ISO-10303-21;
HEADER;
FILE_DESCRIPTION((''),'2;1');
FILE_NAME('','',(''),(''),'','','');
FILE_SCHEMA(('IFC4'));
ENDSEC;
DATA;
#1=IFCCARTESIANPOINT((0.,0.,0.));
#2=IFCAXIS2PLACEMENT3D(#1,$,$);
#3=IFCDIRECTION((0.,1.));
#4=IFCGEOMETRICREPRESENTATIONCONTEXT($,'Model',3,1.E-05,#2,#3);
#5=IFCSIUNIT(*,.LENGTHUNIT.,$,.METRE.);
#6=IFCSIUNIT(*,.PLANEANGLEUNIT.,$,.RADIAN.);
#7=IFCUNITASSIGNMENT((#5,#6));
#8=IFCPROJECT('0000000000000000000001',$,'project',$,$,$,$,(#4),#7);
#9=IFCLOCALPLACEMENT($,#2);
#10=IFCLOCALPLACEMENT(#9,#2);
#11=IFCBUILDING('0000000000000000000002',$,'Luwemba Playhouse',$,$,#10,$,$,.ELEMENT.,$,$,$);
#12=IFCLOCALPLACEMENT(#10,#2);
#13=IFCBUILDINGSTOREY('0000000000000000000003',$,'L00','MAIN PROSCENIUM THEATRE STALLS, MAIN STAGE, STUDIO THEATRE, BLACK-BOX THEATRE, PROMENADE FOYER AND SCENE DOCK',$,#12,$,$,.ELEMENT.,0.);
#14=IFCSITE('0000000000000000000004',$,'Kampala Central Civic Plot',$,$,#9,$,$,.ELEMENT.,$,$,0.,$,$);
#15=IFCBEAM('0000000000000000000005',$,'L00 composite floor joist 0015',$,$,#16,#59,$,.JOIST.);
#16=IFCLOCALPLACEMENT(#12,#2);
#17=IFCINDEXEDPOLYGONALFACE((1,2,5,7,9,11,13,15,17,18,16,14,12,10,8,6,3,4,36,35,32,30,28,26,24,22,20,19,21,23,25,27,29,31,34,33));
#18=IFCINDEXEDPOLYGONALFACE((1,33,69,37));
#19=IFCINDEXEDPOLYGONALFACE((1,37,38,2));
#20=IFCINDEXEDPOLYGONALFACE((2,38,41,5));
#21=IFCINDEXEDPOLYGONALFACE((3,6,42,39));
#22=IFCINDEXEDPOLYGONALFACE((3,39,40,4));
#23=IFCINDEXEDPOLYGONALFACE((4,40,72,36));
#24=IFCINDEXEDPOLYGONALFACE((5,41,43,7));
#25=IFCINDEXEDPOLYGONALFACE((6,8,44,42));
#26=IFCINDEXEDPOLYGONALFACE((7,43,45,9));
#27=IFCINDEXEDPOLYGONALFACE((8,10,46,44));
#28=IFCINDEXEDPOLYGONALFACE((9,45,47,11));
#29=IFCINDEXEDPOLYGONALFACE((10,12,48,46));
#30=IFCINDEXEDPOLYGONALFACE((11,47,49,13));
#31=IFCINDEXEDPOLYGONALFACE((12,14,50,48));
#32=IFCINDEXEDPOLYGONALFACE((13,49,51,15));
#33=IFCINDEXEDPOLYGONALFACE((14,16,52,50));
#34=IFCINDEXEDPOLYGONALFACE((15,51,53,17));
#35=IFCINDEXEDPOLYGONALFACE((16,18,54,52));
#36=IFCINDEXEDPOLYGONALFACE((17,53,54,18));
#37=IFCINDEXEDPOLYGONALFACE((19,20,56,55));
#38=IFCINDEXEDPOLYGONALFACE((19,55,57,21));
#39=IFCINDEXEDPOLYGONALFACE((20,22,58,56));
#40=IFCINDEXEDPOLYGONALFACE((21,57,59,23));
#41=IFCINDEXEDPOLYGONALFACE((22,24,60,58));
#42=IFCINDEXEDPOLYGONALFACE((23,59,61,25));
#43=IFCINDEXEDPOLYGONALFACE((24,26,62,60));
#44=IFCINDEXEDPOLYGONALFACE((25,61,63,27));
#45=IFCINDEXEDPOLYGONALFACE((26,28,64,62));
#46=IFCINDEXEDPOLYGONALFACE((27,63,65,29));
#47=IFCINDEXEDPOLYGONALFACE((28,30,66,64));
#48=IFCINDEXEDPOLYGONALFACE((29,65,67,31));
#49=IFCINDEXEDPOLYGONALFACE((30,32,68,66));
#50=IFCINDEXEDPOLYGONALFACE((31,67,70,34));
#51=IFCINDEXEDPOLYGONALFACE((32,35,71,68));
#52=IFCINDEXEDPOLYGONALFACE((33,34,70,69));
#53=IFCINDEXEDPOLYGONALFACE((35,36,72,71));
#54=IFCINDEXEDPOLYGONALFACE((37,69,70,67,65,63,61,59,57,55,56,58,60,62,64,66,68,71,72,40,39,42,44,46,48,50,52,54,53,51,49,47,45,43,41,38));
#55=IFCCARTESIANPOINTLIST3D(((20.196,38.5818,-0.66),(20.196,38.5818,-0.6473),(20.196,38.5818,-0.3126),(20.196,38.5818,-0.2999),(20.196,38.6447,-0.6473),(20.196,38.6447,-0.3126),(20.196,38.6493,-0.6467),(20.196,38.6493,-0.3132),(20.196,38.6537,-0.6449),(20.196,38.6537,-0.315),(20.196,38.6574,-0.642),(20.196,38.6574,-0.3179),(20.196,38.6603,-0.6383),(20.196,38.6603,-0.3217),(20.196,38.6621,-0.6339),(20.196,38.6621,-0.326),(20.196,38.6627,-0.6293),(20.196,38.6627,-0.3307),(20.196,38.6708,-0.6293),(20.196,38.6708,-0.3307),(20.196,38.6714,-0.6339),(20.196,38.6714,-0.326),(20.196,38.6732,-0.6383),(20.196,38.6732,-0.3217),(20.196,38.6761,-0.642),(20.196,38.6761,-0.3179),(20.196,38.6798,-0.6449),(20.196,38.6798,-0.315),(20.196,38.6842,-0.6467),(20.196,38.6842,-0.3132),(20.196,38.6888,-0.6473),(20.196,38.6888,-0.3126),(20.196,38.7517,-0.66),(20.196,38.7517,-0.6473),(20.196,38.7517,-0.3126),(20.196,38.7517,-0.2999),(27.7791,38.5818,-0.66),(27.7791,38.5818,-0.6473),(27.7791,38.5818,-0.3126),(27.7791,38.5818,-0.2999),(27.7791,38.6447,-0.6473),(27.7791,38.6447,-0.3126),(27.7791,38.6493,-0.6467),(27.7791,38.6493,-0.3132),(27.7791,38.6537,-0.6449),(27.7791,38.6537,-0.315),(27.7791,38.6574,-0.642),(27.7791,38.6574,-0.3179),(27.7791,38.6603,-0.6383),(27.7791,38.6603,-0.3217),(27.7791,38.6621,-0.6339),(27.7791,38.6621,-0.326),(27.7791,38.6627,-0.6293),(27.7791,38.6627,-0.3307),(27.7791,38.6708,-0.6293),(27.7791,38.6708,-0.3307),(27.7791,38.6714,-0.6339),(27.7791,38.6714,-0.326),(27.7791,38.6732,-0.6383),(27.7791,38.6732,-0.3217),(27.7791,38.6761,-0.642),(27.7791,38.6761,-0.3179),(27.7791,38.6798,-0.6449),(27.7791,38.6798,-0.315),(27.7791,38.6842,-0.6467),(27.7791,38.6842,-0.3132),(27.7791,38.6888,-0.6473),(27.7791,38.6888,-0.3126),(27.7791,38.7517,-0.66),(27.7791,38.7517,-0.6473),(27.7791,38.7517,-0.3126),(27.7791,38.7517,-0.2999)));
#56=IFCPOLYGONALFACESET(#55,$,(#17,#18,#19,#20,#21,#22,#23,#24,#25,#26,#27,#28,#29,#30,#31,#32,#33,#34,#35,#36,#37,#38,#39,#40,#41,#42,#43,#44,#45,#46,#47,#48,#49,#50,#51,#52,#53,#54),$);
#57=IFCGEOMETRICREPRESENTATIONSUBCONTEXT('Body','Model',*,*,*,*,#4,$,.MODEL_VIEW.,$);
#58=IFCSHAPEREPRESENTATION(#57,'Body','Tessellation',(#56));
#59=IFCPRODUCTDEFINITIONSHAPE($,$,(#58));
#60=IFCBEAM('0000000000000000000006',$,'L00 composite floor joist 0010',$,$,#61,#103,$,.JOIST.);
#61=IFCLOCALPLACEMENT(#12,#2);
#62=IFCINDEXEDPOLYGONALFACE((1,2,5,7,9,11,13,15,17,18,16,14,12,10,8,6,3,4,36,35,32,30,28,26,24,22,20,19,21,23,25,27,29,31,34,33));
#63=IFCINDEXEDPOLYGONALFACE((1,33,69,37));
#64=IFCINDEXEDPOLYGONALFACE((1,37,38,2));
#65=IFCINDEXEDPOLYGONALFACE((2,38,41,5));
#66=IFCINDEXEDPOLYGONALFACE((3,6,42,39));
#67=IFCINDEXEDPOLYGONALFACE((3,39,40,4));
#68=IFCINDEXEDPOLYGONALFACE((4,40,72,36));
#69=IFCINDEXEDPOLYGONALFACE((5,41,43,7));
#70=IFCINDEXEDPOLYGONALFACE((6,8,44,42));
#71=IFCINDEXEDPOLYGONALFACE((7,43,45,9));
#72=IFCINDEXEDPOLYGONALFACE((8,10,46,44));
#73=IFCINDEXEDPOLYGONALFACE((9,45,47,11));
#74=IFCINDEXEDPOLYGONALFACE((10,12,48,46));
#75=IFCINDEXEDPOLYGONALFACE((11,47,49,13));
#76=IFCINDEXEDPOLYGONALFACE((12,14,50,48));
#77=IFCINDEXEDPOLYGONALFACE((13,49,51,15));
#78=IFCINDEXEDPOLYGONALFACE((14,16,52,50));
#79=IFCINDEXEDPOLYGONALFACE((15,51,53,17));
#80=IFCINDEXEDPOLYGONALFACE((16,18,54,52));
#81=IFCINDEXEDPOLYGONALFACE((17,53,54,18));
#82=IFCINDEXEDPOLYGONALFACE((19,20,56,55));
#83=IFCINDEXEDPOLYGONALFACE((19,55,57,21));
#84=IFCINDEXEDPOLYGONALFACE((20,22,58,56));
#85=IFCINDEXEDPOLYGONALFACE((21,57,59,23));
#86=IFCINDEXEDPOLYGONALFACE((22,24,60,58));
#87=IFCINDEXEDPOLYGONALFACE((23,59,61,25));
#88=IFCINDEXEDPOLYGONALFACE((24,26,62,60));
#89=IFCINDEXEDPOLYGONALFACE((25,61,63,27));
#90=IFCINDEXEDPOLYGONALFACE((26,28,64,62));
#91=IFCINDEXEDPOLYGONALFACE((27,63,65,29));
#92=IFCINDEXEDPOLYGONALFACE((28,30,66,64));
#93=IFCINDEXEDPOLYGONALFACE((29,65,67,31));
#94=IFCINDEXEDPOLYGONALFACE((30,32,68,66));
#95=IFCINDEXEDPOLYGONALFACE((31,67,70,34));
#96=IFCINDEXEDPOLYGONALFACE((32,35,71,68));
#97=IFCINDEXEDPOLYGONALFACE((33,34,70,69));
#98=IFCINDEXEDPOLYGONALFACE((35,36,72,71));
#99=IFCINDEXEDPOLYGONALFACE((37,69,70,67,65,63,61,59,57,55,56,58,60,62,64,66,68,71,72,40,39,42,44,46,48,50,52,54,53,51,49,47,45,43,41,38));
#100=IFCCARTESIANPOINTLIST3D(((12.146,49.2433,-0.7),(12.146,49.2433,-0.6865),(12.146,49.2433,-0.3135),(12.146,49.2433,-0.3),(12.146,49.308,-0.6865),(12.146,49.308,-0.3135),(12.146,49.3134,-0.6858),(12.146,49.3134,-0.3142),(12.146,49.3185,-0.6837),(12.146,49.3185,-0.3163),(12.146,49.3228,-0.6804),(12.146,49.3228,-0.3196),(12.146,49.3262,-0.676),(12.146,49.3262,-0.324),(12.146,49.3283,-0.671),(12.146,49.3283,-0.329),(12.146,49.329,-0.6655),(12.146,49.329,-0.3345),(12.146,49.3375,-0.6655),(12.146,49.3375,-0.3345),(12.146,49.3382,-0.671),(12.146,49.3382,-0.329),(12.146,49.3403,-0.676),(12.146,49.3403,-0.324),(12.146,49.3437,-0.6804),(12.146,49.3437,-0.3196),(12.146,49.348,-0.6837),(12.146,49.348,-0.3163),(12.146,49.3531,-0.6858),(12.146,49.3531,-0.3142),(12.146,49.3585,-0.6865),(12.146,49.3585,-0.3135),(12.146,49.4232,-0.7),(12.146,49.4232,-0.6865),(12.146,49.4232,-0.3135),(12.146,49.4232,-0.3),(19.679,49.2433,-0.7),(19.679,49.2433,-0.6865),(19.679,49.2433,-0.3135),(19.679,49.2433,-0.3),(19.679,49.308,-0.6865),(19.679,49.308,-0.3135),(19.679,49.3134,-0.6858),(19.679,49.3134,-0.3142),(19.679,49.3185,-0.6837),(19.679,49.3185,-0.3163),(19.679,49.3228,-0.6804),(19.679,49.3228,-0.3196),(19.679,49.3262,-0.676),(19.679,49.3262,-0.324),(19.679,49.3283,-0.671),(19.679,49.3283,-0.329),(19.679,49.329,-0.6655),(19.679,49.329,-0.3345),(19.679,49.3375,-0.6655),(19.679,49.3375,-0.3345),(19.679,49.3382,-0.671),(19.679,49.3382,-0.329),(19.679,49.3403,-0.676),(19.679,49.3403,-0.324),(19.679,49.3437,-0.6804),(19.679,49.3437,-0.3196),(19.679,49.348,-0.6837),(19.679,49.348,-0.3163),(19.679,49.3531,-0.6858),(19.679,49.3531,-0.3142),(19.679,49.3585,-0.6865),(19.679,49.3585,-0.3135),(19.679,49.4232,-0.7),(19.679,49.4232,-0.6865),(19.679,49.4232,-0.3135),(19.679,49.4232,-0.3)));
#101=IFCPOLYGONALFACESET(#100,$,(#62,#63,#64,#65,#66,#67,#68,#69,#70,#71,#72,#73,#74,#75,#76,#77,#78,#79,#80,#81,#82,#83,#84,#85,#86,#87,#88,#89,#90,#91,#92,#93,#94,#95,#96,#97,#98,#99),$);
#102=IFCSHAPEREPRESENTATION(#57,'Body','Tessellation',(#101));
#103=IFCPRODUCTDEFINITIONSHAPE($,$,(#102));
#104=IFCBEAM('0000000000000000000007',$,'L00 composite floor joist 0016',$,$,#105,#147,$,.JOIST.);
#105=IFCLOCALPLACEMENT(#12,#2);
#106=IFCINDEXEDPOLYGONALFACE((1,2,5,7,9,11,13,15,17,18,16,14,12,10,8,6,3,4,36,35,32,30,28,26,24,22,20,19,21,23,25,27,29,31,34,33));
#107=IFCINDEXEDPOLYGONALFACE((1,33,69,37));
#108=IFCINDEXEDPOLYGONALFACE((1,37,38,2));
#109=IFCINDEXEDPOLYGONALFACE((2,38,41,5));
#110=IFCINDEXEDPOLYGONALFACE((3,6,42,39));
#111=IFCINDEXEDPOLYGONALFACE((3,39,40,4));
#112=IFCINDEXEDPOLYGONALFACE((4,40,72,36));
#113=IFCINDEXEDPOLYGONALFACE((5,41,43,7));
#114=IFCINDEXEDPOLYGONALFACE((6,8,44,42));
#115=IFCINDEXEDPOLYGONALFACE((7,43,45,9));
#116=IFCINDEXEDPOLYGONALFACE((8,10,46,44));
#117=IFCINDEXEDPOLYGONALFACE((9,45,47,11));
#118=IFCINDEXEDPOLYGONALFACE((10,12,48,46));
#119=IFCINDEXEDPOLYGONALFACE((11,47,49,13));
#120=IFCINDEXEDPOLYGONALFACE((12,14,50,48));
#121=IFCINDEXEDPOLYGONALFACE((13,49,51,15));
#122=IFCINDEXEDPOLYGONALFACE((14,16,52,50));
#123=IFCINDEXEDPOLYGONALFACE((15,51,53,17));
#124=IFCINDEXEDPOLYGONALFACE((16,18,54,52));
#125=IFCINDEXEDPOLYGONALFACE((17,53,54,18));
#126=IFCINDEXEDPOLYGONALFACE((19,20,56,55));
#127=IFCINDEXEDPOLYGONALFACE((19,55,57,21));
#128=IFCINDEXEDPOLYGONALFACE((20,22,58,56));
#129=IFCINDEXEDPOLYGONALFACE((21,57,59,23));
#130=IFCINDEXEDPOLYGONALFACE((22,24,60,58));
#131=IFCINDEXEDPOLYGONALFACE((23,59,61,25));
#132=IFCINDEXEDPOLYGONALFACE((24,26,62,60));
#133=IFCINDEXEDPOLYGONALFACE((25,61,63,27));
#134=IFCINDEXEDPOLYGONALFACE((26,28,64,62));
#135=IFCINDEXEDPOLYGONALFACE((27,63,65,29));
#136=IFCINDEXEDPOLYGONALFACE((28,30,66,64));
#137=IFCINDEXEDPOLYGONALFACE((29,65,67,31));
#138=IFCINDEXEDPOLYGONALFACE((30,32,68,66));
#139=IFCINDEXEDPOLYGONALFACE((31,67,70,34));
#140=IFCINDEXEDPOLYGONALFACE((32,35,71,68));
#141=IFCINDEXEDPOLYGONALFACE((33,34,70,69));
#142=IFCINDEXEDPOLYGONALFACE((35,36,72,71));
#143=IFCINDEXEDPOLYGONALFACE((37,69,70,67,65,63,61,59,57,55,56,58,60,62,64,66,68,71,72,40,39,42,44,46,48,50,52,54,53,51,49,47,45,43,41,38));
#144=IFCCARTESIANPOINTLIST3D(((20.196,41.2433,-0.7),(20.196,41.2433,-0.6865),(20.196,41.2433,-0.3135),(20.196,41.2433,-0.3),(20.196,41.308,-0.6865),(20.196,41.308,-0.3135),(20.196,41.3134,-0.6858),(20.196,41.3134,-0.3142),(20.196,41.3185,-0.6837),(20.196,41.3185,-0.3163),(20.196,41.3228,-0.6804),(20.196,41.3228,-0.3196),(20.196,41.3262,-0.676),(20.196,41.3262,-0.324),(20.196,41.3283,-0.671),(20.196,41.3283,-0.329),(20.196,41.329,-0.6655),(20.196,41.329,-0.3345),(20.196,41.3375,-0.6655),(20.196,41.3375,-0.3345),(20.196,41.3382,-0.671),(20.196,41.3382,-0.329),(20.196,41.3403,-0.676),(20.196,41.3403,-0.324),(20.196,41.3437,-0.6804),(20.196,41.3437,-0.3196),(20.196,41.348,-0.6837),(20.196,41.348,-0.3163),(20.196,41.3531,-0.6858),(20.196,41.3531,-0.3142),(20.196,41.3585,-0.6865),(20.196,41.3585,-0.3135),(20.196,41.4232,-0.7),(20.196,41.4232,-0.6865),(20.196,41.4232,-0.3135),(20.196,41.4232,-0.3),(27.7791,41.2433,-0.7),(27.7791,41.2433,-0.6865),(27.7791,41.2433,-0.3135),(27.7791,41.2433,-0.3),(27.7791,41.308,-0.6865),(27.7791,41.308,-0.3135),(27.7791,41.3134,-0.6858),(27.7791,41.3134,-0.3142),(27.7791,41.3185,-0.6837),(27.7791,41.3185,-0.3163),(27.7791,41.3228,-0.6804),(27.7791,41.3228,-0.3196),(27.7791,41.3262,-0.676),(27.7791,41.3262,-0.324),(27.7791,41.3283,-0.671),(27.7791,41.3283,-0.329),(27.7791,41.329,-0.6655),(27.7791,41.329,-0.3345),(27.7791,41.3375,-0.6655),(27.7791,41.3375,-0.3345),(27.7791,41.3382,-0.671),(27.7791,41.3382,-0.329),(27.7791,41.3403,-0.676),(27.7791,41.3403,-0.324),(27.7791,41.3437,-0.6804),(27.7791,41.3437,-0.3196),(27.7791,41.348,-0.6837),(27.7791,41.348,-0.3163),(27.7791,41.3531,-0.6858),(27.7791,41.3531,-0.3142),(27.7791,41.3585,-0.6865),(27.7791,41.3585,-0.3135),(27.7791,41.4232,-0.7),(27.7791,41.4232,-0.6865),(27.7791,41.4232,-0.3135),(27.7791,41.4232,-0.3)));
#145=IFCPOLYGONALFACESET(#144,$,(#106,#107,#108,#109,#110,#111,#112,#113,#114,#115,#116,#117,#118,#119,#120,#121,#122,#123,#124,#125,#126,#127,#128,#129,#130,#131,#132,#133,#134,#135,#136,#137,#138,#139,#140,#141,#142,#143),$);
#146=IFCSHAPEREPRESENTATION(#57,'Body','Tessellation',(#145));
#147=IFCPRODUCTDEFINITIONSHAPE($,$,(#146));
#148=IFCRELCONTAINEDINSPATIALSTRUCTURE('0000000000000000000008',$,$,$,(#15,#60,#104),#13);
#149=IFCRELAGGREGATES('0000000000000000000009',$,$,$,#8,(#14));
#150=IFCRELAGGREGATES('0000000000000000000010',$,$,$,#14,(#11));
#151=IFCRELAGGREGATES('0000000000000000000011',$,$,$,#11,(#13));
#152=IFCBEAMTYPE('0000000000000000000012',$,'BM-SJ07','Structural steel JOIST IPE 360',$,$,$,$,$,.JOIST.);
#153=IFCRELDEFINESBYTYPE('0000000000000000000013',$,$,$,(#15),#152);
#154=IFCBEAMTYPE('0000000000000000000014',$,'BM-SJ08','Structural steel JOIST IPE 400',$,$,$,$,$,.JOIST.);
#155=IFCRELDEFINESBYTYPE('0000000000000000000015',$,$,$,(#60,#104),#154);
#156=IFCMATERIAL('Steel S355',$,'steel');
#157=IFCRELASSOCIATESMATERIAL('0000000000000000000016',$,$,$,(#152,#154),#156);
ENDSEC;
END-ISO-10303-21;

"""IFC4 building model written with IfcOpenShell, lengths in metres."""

from ifc_helpers import new_model, si_unit, direction, frame, origin, origin_2d, place, context, subcontext, project, spatial, i_section, extrude, material, material_profile, profile_set, type_object, element, save


model = new_model("IFC4")

# Units and contexts
model_context = context("Model", 3, precision=1e-05, world=origin(), true_north=direction((0.0, 1.0)))
body_context = subcontext(model_context, "Body", "Model", "MODEL_VIEW")
ifc_project = project(units=[si_unit("LENGTHUNIT", "METRE"), si_unit("PLANEANGLEUNIT", "RADIAN")], contexts=[model_context])

# Site, building, storey
site_placement = place(None, origin())
site = spatial("IfcSite", under=ifc_project, at=site_placement, Name="Kampala Central Civic Plot", CompositionType="ELEMENT", RefElevation=0.0)
building_placement = place(site_placement, origin())
building = spatial("IfcBuilding", under=site, at=building_placement, Name="Luwemba Playhouse", CompositionType="ELEMENT")
storey_placement = place(building_placement, origin())
storey = spatial("IfcBuildingStorey", under=building, at=storey_placement, Name="L00", Description="MAIN PROSCENIUM THEATRE STALLS, MAIN STAGE, STUDIO THEATRE, BLACK-BOX THEATRE, PROMENADE FOYER AND SCENE DOCK", CompositionType="ELEMENT", Elevation=0.0)

# Beams
ifc_material_1 = material(Name="Steel S355", Category="steel")
ifc_material_profile_1 = material_profile(ifc_material_1, i_section(OverallWidth=0.1699, OverallDepth=0.3601, WebThickness=0.0081, FlangeThickness=0.0127, FilletRadius=0.0181, at=origin_2d()))
ifc_profile_set_1 = profile_set([ifc_material_profile_1], Name="Steel S355")
beam_type_1 = type_object("IfcBeamType", Name="BM-SJ07", Description="Structural steel JOIST IPE 360", PredefinedType="JOIST", material=ifc_profile_set_1)
beam_1_placement = place(storey_placement, frame((20.196, 38.6667, -0.48), z_axis=(1.0, 0.0, 0.0), x_axis=(0.0, 1.0, 0.0)))
element("IfcBeam", 1, at=beam_1_placement, inside=storey, type_object=beam_type_1, Name="L00 composite floor joist 0015", PredefinedType="JOIST", context=body_context, shape_type="SweptSolid", body=[
    extrude(i_section(OverallWidth=0.1699, OverallDepth=0.3601, WebThickness=0.0081, FlangeThickness=0.0127, FilletRadius=0.0181, at=origin_2d()), origin(), (0.0, 0.0, 1.0), 7.583),
])
ifc_material_profile_2 = material_profile(ifc_material_1, i_section(OverallWidth=0.1799, OverallDepth=0.3999, WebThickness=0.0085, FlangeThickness=0.0134, FilletRadius=0.021, at=origin_2d()))
ifc_profile_set_2 = profile_set([ifc_material_profile_2], Name="Steel S355")
beam_type_2 = type_object("IfcBeamType", Name="BM-SJ08", Description="Structural steel JOIST IPE 400", PredefinedType="JOIST", material=ifc_profile_set_2)
beam_2_placement = place(storey_placement, frame((12.146, 49.3333, -0.5), z_axis=(1.0, 0.0, 0.0), x_axis=(0.0, 1.0, 0.0)))
element("IfcBeam", 2, at=beam_2_placement, inside=storey, type_object=beam_type_2, Name="L00 composite floor joist 0010", PredefinedType="JOIST", context=body_context, shape_type="SweptSolid", body=[
    extrude(i_section(OverallWidth=0.1799, OverallDepth=0.3999, WebThickness=0.0085, FlangeThickness=0.0134, FilletRadius=0.021, at=origin_2d()), origin(), (0.0, 0.0, 1.0), 7.533),
])
beam_3_placement = place(storey_placement, frame((20.196, 41.3333, -0.5), z_axis=(1.0, 0.0, 0.0), x_axis=(0.0, 1.0, 0.0)))
element("IfcBeam", 3, at=beam_3_placement, inside=storey, type_object=beam_type_2, Name="L00 composite floor joist 0016", PredefinedType="JOIST", context=body_context, shape_type="SweptSolid", body=[
    extrude(i_section(OverallWidth=0.1799, OverallDepth=0.3999, WebThickness=0.0085, FlangeThickness=0.0134, FilletRadius=0.021, at=origin_2d()), origin(), (0.0, 0.0, 1.0), 7.583),
])

save(model, "model.ifc")
